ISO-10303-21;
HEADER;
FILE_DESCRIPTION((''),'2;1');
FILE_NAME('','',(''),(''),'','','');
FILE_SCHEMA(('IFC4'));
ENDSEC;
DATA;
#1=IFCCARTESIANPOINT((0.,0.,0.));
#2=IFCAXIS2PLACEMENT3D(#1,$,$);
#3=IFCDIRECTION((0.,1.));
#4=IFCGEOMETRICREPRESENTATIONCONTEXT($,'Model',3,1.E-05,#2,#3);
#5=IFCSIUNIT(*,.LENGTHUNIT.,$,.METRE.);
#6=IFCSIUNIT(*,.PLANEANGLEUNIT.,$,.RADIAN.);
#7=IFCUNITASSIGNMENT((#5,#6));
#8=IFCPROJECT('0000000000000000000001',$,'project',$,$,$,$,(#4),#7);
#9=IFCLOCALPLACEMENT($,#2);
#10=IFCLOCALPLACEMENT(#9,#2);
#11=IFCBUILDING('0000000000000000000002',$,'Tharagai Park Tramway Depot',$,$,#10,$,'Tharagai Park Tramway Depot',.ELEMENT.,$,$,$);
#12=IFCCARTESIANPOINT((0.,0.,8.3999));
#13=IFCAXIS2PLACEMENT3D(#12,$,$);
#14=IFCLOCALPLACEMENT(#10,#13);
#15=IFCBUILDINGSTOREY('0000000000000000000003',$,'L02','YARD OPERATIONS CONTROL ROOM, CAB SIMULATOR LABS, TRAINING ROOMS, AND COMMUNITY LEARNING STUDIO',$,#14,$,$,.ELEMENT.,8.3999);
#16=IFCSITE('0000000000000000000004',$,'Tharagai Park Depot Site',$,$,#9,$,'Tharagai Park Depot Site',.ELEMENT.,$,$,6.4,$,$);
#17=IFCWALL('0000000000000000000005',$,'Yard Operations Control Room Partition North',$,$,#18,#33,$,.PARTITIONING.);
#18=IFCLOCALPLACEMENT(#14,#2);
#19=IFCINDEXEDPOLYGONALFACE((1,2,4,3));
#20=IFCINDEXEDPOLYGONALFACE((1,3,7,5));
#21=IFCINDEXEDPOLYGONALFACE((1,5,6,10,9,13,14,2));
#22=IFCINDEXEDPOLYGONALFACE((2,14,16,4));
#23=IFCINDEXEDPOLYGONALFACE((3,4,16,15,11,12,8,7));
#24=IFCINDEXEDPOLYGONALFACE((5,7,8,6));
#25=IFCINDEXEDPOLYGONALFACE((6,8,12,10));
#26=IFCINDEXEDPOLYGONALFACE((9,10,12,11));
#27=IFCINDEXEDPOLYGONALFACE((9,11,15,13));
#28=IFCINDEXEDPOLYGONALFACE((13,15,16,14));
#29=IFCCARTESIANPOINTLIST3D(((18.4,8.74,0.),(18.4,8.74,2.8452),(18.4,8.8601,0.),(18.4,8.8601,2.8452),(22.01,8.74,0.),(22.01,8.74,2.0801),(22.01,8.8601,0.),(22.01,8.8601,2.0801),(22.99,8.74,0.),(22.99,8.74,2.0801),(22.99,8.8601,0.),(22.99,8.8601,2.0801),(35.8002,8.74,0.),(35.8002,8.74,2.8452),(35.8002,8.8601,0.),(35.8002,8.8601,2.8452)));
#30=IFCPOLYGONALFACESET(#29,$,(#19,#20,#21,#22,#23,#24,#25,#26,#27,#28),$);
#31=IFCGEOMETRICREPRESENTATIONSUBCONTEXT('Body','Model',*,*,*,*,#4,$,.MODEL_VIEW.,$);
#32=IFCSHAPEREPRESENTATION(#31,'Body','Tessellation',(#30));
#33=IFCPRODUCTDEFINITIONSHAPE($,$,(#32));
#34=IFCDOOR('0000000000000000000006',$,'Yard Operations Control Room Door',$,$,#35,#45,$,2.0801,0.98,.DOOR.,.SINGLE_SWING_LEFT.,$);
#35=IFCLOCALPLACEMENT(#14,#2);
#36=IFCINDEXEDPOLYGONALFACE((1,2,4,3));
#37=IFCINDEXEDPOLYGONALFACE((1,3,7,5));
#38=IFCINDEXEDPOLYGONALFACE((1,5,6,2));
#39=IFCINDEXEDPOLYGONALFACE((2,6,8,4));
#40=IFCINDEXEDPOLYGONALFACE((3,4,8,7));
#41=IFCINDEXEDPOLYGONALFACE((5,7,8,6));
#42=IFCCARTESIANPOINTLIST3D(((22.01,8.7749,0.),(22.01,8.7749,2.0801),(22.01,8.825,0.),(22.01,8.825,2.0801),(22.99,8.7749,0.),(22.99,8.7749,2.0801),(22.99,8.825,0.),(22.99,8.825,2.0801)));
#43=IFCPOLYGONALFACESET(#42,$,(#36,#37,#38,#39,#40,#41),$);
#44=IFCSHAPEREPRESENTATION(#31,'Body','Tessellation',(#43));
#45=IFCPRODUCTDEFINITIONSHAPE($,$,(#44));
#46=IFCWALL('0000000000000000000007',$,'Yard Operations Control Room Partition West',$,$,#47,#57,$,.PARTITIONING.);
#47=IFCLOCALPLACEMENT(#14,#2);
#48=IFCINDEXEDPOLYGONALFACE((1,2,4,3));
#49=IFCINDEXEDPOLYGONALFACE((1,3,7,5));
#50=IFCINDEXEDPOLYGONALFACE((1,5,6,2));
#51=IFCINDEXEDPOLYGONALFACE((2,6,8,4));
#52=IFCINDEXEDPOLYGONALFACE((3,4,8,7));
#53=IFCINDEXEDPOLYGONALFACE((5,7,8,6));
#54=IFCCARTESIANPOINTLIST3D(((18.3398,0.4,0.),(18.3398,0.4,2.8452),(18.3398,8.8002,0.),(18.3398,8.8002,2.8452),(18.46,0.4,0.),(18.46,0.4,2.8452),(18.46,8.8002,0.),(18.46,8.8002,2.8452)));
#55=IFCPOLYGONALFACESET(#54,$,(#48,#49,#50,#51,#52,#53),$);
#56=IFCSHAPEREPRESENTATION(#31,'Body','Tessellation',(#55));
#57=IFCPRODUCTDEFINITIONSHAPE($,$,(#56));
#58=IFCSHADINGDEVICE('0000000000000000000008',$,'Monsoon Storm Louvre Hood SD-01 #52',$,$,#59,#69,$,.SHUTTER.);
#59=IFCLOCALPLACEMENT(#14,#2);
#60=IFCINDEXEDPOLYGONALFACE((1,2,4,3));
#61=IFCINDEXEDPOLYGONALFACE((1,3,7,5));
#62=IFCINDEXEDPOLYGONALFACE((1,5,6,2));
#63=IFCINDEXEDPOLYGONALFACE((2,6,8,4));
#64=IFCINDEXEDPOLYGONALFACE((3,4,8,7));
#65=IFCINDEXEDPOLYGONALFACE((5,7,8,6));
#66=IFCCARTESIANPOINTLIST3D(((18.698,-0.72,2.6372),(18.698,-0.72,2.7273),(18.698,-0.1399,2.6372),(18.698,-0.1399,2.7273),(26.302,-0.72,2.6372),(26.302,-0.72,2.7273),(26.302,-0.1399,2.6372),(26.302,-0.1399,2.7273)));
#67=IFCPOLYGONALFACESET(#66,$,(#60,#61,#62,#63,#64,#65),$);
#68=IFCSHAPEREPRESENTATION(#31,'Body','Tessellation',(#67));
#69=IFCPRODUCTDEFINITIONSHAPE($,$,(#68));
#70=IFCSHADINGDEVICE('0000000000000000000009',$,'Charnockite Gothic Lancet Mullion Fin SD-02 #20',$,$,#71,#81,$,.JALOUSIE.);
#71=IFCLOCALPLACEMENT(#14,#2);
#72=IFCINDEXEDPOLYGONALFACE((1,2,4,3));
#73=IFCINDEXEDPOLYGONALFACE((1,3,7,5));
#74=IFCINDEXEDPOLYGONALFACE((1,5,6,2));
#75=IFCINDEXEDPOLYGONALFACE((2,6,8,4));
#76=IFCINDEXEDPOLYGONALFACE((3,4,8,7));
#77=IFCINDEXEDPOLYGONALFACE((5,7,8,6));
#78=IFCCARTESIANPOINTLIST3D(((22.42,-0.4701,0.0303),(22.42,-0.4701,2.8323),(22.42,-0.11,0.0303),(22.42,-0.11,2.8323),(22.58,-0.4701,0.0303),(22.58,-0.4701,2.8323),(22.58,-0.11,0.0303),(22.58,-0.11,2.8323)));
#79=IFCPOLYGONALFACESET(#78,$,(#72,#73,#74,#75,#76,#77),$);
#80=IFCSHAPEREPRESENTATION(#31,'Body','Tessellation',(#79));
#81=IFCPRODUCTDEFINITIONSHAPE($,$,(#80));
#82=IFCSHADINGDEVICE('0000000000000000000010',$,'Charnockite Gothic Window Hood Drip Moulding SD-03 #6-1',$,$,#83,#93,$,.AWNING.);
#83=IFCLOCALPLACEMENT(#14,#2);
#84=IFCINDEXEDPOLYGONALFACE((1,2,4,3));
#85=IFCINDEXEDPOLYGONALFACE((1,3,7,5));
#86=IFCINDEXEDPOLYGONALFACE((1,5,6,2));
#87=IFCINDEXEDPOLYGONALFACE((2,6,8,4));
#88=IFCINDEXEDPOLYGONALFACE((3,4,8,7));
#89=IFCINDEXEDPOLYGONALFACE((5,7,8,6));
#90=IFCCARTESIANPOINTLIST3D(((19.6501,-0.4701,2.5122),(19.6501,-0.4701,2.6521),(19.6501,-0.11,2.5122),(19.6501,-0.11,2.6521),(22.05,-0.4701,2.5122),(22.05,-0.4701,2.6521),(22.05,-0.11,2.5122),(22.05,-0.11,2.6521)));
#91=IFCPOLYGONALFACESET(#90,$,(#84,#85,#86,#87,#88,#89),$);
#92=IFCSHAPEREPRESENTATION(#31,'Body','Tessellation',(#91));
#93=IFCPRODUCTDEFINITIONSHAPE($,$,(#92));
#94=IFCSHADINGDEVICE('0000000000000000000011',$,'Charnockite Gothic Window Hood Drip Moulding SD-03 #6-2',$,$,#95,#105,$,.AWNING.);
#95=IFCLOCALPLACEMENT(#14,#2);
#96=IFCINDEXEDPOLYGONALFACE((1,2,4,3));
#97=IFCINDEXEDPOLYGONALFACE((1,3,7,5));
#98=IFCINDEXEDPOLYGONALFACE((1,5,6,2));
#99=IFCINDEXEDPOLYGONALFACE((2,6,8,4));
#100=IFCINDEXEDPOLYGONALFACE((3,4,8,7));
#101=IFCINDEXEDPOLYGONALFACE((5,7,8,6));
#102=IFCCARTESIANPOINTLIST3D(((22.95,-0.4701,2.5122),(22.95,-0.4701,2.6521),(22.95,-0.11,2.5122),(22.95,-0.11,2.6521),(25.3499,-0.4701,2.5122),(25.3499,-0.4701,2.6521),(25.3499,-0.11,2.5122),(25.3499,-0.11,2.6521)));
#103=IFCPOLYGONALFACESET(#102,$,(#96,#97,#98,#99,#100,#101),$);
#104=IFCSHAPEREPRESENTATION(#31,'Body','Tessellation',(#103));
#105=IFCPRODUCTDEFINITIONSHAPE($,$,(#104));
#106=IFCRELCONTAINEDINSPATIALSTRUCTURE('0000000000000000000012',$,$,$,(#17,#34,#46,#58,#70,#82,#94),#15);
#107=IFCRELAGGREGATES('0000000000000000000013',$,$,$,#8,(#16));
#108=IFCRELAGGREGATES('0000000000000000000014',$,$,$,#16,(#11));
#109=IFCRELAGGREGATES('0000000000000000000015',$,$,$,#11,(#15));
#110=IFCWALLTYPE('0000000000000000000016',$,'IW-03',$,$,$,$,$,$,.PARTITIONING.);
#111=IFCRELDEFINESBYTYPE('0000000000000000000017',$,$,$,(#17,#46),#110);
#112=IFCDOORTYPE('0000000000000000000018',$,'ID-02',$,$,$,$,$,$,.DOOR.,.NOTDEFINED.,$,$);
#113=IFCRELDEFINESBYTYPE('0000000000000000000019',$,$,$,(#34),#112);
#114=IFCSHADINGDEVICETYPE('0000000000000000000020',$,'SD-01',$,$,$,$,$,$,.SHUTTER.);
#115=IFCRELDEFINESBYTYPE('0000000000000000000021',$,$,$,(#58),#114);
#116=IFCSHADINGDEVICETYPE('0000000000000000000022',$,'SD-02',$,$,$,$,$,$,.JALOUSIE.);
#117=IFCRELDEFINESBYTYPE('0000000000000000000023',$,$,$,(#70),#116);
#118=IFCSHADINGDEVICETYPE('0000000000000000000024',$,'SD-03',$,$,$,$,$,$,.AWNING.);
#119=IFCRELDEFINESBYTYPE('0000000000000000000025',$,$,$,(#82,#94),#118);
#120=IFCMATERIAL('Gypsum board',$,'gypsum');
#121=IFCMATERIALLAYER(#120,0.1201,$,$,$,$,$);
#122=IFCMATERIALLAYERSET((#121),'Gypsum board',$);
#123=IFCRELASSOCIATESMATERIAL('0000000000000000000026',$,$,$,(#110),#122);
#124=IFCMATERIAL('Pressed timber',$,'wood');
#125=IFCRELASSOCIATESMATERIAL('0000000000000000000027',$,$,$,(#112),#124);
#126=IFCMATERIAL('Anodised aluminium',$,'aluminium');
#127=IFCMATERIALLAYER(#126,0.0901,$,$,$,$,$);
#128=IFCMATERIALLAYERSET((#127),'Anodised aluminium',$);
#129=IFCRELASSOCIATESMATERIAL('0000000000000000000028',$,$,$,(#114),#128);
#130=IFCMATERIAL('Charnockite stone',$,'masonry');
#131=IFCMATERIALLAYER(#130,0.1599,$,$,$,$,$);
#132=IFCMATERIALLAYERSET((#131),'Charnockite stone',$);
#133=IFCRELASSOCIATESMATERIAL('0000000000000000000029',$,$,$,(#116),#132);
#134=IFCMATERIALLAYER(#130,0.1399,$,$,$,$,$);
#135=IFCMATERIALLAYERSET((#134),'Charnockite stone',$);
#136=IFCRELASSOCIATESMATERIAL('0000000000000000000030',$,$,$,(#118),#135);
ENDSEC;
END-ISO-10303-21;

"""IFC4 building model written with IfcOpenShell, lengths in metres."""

from ifc_helpers import new_model, si_unit, direction, frame, frame_2d, origin, origin_2d, place, context, subcontext, project, spatial, rectangle, extrude, material, layer, layer_set, type_object, element, fill, save


model = new_model("IFC4")

# Units and contexts
model_context = context("Model", 3, precision=1e-05, world=origin(), true_north=direction((0.0, 1.0)))
body_context = subcontext(model_context, "Body", "Model", "MODEL_VIEW")
ifc_project = project(units=[si_unit("LENGTHUNIT", "METRE"), si_unit("PLANEANGLEUNIT", "RADIAN")], contexts=[model_context])

# Site, building, storey
site_placement = place(None, origin())
site = spatial("IfcSite", under=ifc_project, at=site_placement, Name="Tharagai Park Depot Site", LongName="Tharagai Park Depot Site", CompositionType="ELEMENT", RefElevation=6.4)
building_placement = place(site_placement, origin())
building = spatial("IfcBuilding", under=site, at=building_placement, Name="Tharagai Park Tramway Depot", LongName="Tharagai Park Tramway Depot", CompositionType="ELEMENT")
storey_placement = place(building_placement, frame((0.0, 0.0, 8.3999)))
storey = spatial("IfcBuildingStorey", under=building, at=storey_placement, Name="L02", Description="YARD OPERATIONS CONTROL ROOM, CAB SIMULATOR LABS, TRAINING ROOMS, AND COMMUNITY LEARNING STUDIO", CompositionType="ELEMENT", Elevation=8.3999)

# Shared definitions
ifc_material_1 = material(Name="Anodised aluminium", Category="aluminium")

# Wall, opening, door
ifc_material_2 = material(Name="Gypsum board", Category="gypsum")
ifc_layer_1 = layer(ifc_material_2, 0.1201)
ifc_layer_set_1 = layer_set([ifc_layer_1], Name="Gypsum board")
wall_type_1 = type_object("IfcWallType", Name="IW-03", PredefinedType="PARTITIONING", material=ifc_layer_set_1)
wall_1_placement = place(storey_placement, frame((18.3999, 8.8, 0.0), z_axis=(0.0, 0.0, 1.0), x_axis=(1.0, 0.0, 0.0)))
wall_1 = element("IfcWall", 1, at=wall_1_placement, inside=storey, type_object=wall_type_1, Name="Yard Operations Control Room Partition North", PredefinedType="PARTITIONING", context=body_context, shape_type="SweptSolid", body=[
    extrude(rectangle(XDim=17.4001, YDim=0.1201, at=frame_2d((8.7002, 0.0))), origin(), (0.0, 0.0, 1.0), 2.8452),
])
opening_1_placement = place(wall_1_placement, frame((3.6101, 0.0, 0.0)))
opening_1 = element("IfcOpeningElement", 2, at=opening_1_placement, cuts=wall_1, PredefinedType="OPENING", context=body_context, shape_type="SweptSolid", body=[
    extrude(rectangle(XDim=0.98, YDim=2.0801, at=frame_2d((0.49, 1.04))), frame((0.0, 0.0701, 0.0), z_axis=(0.0, -1.0, 0.0), x_axis=(1.0, 0.0, 0.0)), (0.0, 0.0, 1.0), 0.1401),
])
ifc_material_3 = material(Name="Pressed timber", Category="wood")
door_type = type_object("IfcDoorType", Name="ID-02", OperationType="NOTDEFINED", PredefinedType="DOOR", material=ifc_material_3)
door_placement = place(opening_1_placement, origin())
door = element("IfcDoor", 3, at=door_placement, inside=storey, type_object=door_type, Name="Yard Operations Control Room Door", OperationType="SINGLE_SWING_LEFT", OverallHeight=2.0801, OverallWidth=0.98, PredefinedType="DOOR", context=body_context, shape_type="SweptSolid", body=[
    extrude(rectangle(XDim=0.98, YDim=2.0801, at=frame_2d((0.49, 1.04))), frame((0.0, 0.0249, 0.0), z_axis=(0.0, -1.0, 0.0), x_axis=(1.0, 0.0, 0.0)), (0.0, 0.0, 1.0), 0.05),
])
fill(opening_1, door)

# Wall
wall_2_placement = place(storey_placement, frame((18.3999, 0.3999, 0.0), z_axis=(0.0, 0.0, 1.0), x_axis=(0.0, 1.0, 0.0)))
element("IfcWall", 4, at=wall_2_placement, inside=storey, type_object=wall_type_1, Name="Yard Operations Control Room Partition West", PredefinedType="PARTITIONING", context=body_context, shape_type="SweptSolid", body=[
    extrude(rectangle(XDim=8.4001, YDim=0.1201, at=frame_2d((4.2002, 0.0))), origin(), (0.0, 0.0, 1.0), 2.8452),
])

# Shading devices
ifc_layer_2 = layer(ifc_material_1, 0.0901)
ifc_layer_set_2 = layer_set([ifc_layer_2], Name="Anodised aluminium")
shading_device_type_1 = type_object("IfcShadingDeviceType", Name="SD-01", PredefinedType="SHUTTER", material=ifc_layer_set_2)
shading_device_1_placement = place(storey_placement, frame((22.5, -0.4299, 2.6372), z_axis=(0.0, 0.0, 1.0), x_axis=(1.0, 0.0, 0.0)))
element("IfcShadingDevice", 5, at=shading_device_1_placement, inside=storey, type_object=shading_device_type_1, Name="Monsoon Storm Louvre Hood SD-01 #52", PredefinedType="SHUTTER", context=body_context, shape_type="SweptSolid", body=[
    extrude(rectangle(XDim=7.604, YDim=0.5801, at=origin_2d()), origin(), (0.0, 0.0, 1.0), 0.0901),
])
ifc_material_4 = material(Name="Charnockite stone", Category="masonry")
ifc_layer_3 = layer(ifc_material_4, 0.1599)
ifc_layer_set_3 = layer_set([ifc_layer_3], Name="Charnockite stone")
shading_device_type_2 = type_object("IfcShadingDeviceType", Name="SD-02", PredefinedType="JALOUSIE", material=ifc_layer_set_3)
shading_device_2_placement = place(storey_placement, frame((22.5, -0.29, 0.0303), z_axis=(0.0, 0.0, 1.0), x_axis=(1.0, 0.0, 0.0)))
element("IfcShadingDevice", 6, at=shading_device_2_placement, inside=storey, type_object=shading_device_type_2, Name="Charnockite Gothic Lancet Mullion Fin SD-02 #20", PredefinedType="JALOUSIE", context=body_context, shape_type="SweptSolid", body=[
    extrude(rectangle(XDim=0.1599, YDim=0.3601, at=origin_2d()), origin(), (0.0, 0.0, 1.0), 2.802),
])
ifc_layer_4 = layer(ifc_material_4, 0.1399)
ifc_layer_set_4 = layer_set([ifc_layer_4], Name="Charnockite stone")
shading_device_type_3 = type_object("IfcShadingDeviceType", Name="SD-03", PredefinedType="AWNING", material=ifc_layer_set_4)
for number, where, z_axis, x_axis, name in (
    (7, (20.8501, -0.29, 2.5122), (0.0, 0.0, 1.0), (1.0, 0.0, 0.0), "Charnockite Gothic Window Hood Drip Moulding SD-03 #6-1"),
    (8, (24.1499, -0.29, 2.5122), (0.0, 0.0, 1.0), (1.0, 0.0, 0.0), "Charnockite Gothic Window Hood Drip Moulding SD-03 #6-2"),
):
    element("IfcShadingDevice", number, at=place(storey_placement, frame(where, z_axis=z_axis, x_axis=x_axis)), inside=storey, type_object=shading_device_type_3, Name=name, PredefinedType="AWNING", context=body_context, shape_type="SweptSolid", body=[
        extrude(rectangle(XDim=2.3999, YDim=0.3601, at=origin_2d()), origin(), (0.0, 0.0, 1.0), 0.1399),
    ])

save(model, "model.ifc")
